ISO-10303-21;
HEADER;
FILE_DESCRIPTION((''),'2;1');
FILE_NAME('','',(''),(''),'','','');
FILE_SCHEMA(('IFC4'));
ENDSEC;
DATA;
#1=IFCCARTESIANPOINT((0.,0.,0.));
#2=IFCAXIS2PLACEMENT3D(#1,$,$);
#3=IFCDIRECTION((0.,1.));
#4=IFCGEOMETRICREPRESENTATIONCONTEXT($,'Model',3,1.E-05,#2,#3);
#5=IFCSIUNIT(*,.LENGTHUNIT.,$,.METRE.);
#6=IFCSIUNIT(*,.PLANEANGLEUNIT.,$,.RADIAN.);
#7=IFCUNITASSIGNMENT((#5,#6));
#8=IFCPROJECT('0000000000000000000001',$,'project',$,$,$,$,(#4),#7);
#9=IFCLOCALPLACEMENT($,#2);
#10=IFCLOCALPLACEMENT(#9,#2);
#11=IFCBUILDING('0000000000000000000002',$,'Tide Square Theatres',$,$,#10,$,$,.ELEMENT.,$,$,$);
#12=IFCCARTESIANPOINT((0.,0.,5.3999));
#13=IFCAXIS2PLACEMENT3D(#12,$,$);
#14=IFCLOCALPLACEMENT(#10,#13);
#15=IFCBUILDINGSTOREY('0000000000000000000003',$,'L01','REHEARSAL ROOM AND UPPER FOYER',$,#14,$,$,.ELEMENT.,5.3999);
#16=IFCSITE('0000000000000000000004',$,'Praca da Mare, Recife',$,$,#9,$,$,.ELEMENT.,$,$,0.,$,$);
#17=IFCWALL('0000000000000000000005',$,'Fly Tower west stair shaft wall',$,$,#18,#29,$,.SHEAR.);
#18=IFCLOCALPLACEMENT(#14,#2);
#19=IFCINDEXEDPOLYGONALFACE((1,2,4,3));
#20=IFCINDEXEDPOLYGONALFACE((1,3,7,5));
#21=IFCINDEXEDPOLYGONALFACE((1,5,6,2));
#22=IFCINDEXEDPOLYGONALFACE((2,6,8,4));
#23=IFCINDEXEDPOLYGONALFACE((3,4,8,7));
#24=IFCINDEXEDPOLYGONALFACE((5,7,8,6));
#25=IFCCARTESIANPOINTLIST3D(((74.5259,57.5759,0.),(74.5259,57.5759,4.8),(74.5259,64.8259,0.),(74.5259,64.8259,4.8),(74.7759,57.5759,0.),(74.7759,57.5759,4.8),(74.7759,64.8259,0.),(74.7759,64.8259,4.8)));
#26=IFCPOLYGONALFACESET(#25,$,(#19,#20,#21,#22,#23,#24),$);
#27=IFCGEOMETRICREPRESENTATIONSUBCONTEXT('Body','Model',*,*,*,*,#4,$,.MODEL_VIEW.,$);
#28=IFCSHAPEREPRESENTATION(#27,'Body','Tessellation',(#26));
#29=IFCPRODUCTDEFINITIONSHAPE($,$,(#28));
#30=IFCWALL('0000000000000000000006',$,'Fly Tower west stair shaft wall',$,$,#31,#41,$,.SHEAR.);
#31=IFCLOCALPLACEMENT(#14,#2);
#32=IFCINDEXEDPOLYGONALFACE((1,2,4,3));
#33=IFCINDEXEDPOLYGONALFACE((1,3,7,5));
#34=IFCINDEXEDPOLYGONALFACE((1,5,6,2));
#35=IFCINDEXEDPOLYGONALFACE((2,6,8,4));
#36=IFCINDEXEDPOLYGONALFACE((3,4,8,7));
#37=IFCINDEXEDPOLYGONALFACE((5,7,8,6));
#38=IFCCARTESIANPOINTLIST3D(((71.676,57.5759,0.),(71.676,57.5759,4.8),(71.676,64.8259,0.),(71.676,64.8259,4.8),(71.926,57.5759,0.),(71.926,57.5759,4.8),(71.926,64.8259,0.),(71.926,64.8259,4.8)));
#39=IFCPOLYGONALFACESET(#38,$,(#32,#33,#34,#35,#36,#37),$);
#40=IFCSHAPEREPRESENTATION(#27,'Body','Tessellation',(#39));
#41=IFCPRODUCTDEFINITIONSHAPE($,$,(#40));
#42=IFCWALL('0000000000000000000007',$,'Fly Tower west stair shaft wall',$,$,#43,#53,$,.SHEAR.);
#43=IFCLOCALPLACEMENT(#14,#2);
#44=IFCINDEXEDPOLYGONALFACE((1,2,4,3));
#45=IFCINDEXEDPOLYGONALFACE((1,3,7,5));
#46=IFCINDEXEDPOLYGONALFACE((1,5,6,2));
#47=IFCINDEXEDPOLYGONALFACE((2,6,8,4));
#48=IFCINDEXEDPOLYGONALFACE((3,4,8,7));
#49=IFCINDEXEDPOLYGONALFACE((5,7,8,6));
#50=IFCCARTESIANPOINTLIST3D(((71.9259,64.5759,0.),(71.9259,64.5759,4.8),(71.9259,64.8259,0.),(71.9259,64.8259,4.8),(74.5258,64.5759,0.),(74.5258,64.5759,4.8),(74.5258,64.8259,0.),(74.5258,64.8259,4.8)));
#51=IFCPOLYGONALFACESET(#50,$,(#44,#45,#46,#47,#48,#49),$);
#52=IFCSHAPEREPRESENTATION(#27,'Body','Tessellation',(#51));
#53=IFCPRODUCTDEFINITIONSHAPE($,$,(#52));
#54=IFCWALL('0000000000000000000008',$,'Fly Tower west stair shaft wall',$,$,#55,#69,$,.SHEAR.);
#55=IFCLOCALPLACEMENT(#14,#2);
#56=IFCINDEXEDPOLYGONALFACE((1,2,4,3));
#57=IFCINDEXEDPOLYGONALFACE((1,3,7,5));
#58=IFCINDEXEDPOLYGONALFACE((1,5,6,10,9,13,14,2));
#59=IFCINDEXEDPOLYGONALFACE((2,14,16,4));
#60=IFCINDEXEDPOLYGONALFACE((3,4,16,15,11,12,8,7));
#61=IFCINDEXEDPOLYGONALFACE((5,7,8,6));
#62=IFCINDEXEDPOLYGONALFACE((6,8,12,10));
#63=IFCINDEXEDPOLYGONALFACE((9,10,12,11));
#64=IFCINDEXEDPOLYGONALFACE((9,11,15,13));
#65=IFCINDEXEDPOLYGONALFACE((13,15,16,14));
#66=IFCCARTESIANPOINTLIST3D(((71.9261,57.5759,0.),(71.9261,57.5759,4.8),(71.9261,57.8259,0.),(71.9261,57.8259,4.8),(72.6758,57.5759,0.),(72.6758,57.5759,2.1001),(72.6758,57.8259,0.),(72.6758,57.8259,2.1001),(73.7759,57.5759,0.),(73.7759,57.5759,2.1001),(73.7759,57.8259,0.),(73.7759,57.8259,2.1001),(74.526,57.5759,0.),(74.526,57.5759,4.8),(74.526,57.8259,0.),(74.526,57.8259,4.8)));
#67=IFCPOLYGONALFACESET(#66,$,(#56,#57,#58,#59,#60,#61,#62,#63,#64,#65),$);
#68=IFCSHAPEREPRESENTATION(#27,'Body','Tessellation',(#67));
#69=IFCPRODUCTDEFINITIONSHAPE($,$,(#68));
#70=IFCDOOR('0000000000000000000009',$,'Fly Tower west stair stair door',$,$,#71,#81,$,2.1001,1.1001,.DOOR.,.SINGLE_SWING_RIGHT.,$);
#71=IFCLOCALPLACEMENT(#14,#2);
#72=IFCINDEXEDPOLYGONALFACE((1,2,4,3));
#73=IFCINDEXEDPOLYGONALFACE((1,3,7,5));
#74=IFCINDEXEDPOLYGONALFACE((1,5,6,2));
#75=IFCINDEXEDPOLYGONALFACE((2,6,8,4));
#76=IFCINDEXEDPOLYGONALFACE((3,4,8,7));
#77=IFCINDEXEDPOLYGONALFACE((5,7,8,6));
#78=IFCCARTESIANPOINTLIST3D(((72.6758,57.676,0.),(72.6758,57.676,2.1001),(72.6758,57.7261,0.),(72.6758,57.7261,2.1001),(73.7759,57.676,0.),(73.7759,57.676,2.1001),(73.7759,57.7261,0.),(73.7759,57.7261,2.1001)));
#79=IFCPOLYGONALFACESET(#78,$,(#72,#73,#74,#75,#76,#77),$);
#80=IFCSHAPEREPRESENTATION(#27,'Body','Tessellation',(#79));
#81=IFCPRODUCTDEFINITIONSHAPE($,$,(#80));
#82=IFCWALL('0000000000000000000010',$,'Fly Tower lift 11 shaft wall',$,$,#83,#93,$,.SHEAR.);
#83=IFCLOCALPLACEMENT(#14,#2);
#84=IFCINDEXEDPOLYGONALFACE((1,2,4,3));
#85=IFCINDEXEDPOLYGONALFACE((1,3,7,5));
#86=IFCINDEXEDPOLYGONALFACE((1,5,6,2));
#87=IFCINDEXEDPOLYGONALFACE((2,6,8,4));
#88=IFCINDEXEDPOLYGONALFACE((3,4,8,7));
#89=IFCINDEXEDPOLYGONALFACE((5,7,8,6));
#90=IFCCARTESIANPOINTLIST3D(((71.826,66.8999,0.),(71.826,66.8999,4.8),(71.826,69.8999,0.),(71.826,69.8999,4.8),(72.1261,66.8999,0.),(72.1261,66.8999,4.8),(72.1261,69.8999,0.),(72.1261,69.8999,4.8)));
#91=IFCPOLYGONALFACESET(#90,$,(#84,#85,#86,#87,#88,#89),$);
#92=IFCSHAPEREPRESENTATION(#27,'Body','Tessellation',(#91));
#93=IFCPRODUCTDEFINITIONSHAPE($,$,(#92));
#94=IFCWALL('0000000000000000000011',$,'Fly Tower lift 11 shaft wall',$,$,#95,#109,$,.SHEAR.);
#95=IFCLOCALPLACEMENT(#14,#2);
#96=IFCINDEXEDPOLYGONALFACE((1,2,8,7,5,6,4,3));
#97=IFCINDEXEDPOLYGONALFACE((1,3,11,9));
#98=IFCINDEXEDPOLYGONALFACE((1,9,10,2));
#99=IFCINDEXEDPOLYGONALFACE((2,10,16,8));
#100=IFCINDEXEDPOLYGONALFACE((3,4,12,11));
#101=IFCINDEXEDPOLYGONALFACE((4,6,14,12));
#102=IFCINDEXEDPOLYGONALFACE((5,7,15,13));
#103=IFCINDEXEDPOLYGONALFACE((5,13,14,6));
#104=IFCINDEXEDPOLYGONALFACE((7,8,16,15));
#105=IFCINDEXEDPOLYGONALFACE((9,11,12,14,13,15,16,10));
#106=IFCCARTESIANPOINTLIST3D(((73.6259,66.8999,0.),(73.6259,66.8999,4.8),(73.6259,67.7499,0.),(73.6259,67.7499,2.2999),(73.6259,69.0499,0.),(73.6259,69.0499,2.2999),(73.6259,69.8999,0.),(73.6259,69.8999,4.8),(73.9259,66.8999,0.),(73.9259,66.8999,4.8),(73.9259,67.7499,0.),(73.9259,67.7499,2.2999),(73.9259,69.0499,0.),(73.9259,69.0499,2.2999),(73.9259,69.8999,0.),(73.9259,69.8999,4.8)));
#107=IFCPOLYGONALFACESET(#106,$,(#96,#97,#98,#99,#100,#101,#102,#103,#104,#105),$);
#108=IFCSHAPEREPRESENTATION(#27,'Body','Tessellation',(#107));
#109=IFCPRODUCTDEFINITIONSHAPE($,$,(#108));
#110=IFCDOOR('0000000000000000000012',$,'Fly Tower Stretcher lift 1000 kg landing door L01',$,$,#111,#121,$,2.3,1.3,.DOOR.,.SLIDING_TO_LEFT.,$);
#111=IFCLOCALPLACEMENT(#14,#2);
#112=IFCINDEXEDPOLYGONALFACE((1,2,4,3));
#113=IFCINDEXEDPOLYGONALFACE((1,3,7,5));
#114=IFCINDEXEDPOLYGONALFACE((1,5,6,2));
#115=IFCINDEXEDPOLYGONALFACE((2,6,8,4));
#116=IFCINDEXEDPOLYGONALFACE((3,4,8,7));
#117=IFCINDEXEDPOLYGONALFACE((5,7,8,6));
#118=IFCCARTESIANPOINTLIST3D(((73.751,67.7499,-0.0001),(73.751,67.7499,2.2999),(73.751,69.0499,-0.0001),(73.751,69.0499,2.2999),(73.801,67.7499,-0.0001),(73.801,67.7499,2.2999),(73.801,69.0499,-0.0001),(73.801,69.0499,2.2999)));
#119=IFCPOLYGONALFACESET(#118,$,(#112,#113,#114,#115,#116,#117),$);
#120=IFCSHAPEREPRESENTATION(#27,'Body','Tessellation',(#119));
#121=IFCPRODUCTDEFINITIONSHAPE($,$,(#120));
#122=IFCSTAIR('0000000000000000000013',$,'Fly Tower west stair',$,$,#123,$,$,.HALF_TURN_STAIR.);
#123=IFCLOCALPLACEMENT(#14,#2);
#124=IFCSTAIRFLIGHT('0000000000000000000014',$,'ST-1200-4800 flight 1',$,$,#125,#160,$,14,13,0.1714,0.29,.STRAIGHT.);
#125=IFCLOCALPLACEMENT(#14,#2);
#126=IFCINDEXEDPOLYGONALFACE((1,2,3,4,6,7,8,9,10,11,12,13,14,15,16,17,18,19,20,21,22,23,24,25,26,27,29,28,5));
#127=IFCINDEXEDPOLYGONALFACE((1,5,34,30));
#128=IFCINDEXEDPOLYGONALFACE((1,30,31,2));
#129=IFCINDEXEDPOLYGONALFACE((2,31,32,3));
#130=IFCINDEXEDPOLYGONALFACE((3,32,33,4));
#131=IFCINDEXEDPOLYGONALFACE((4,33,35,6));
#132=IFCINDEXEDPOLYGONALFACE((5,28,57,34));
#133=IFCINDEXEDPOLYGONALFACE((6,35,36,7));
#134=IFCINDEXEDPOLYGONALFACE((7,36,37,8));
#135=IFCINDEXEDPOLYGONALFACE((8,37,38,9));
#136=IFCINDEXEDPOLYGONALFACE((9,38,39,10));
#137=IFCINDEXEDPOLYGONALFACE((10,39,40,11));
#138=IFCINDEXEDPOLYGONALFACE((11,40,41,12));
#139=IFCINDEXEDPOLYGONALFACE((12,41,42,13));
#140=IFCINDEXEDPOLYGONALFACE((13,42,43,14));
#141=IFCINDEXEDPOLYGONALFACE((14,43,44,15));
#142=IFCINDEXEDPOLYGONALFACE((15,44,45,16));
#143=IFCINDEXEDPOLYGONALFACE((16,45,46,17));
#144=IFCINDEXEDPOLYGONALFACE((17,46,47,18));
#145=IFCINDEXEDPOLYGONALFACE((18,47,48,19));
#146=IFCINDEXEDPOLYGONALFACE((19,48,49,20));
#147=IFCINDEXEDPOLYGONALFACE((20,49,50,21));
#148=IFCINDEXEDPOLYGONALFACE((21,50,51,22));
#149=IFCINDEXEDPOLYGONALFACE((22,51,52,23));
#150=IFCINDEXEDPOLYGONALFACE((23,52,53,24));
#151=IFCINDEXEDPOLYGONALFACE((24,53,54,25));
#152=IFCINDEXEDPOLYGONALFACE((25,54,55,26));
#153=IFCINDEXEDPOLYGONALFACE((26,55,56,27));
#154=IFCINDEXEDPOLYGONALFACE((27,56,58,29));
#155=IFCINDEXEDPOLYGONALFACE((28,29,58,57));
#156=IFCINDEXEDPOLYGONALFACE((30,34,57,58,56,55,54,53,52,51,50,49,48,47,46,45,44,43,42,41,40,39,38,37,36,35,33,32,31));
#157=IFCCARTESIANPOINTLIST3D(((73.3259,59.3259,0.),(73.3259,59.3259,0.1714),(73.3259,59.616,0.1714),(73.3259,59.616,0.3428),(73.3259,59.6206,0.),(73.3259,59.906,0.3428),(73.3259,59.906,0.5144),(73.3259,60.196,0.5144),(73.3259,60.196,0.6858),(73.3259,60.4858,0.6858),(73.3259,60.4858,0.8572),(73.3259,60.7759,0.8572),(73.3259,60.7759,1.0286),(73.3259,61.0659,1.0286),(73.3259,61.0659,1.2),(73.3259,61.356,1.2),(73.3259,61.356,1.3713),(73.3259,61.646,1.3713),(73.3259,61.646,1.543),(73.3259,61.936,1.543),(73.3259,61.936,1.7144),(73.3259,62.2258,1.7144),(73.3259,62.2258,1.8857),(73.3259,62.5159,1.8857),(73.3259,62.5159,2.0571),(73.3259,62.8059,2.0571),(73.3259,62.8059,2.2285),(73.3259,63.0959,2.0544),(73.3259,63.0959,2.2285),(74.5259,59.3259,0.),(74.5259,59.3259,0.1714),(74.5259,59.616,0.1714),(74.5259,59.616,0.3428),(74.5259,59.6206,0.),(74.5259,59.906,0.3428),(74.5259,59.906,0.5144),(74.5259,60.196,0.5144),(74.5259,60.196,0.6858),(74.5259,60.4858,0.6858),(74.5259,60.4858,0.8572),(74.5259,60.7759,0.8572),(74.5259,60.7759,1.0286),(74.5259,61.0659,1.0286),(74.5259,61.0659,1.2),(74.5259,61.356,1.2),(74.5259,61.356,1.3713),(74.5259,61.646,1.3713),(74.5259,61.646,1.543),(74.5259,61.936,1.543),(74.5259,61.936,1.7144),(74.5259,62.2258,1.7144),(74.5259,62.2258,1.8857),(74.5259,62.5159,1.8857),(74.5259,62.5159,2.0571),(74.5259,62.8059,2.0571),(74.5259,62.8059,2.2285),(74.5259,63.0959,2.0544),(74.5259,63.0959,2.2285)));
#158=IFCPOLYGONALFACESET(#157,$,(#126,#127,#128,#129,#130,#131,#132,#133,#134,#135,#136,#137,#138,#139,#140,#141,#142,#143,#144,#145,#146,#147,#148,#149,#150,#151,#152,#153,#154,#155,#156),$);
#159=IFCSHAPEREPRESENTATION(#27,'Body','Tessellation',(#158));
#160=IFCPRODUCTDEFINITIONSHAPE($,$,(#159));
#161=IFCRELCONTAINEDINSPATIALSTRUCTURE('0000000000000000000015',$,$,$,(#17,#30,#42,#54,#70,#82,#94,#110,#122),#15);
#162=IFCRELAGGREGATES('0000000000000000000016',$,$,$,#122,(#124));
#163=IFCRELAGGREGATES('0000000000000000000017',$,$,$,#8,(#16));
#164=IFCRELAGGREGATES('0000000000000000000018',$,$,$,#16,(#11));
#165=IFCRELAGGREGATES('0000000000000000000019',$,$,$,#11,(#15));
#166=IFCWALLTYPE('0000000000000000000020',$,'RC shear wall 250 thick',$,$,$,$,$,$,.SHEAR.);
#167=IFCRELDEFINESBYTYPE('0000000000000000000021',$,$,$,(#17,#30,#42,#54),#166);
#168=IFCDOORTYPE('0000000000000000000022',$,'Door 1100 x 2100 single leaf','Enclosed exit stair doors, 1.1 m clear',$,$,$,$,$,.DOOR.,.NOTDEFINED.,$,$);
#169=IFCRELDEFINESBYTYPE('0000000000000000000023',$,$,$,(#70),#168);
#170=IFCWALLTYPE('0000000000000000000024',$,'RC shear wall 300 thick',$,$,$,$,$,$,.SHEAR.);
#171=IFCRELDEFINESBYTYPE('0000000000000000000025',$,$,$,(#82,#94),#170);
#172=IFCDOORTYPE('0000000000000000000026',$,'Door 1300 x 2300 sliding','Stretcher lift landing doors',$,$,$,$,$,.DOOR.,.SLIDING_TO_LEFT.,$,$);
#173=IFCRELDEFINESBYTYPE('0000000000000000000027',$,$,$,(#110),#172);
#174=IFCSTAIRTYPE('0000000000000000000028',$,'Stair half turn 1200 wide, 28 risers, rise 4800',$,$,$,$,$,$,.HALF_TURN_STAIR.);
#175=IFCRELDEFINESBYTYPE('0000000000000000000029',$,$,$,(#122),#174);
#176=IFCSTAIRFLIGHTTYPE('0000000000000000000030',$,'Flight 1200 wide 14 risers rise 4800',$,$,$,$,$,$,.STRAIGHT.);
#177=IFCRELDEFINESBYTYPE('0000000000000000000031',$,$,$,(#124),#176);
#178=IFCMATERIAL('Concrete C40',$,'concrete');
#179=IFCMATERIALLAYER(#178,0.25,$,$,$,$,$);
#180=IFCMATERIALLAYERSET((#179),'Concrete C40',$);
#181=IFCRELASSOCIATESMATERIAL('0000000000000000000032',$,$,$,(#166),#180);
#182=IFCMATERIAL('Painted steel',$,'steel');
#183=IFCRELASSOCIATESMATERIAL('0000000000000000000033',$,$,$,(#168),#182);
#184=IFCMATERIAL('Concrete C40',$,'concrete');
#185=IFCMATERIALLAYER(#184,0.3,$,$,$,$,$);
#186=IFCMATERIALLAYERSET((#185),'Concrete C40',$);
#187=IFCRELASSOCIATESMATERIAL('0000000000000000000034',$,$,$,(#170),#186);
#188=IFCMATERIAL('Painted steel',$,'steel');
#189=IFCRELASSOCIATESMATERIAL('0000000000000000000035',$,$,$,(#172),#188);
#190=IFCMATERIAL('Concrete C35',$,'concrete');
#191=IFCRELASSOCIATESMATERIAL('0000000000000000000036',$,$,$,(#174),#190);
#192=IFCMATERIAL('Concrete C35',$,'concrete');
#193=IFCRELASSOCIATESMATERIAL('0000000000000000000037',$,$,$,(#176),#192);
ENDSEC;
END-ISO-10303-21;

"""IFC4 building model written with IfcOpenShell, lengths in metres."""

from ifc_helpers import new_model, si_unit, direction, frame, frame_2d, origin, place, context, subcontext, project, spatial, polyline, rectangle, outline, extrude, material, layer, layer_set, type_object, element, fill, aggregate, save


model = new_model("IFC4")

# Units and contexts
model_context = context("Model", 3, precision=1e-05, world=origin(), true_north=direction((0.0, 1.0)))
body_context = subcontext(model_context, "Body", "Model", "MODEL_VIEW")
ifc_project = project(units=[si_unit("LENGTHUNIT", "METRE"), si_unit("PLANEANGLEUNIT", "RADIAN")], contexts=[model_context])

# Site, building, storey
site_placement = place(None, origin())
site = spatial("IfcSite", under=ifc_project, at=site_placement, Name="Praca da Mare, Recife", CompositionType="ELEMENT", RefElevation=0.0)
building_placement = place(site_placement, origin())
building = spatial("IfcBuilding", under=site, at=building_placement, Name="Tide Square Theatres", CompositionType="ELEMENT")
storey_placement = place(building_placement, frame((0.0, 0.0, 5.3999)))
storey = spatial("IfcBuildingStorey", under=building, at=storey_placement, Name="L01", Description="REHEARSAL ROOM AND UPPER FOYER", CompositionType="ELEMENT", Elevation=5.3999)

# Walls
ifc_material_1 = material(Name="Concrete C40", Category="concrete")
ifc_layer_1 = layer(ifc_material_1, 0.25)
ifc_layer_set_1 = layer_set([ifc_layer_1], Name="Concrete C40")
wall_type_1 = type_object("IfcWallType", Name="RC shear wall 250 thick", PredefinedType="SHEAR", material=ifc_layer_set_1)
for number, where, z_axis, x_axis, name in (
    (1, (74.6509, 57.5759, 0.0), (0.0, 0.0, 1.0), (0.0, 1.0, 0.0), "Fly Tower west stair shaft wall"),
    (2, (71.801, 64.8259, 0.0), (0.0, 0.0, 1.0), (0.0, -1.0, 0.0), "Fly Tower west stair shaft wall"),
):
    element("IfcWall", number, at=place(storey_placement, frame(where, z_axis=z_axis, x_axis=x_axis)), inside=storey, type_object=wall_type_1, Name=name, PredefinedType="SHEAR", context=body_context, shape_type="SweptSolid", body=[
        extrude(rectangle(XDim=7.25, YDim=0.25, at=frame_2d((3.625, 0.0))), origin(), (0.0, 0.0, 1.0), 4.8),
    ])
wall_1_placement = place(storey_placement, frame((71.926, 64.7009, 0.0), z_axis=(0.0, 0.0, 1.0), x_axis=(1.0, 0.0, 0.0)))
element("IfcWall", 3, at=wall_1_placement, inside=storey, type_object=wall_type_1, Name="Fly Tower west stair shaft wall", PredefinedType="SHEAR", context=body_context, shape_type="SweptSolid", body=[
    extrude(rectangle(XDim=2.5999, YDim=0.25, at=frame_2d((1.2998, 0.0))), origin(), (0.0, 0.0, 1.0), 4.8),
])

# Wall, opening, door
wall_2_placement = place(storey_placement, frame((74.5259, 57.7009, 0.0), z_axis=(0.0, 0.0, 1.0), x_axis=(-1.0, 0.0, 0.0)))
wall_2 = element("IfcWall", 4, at=wall_2_placement, inside=storey, type_object=wall_type_1, Name="Fly Tower west stair shaft wall", PredefinedType="SHEAR", context=body_context, shape_type="SweptSolid", body=[
    extrude(rectangle(XDim=2.5999, YDim=0.25, at=frame_2d((1.2998, 0.0))), origin(), (0.0, 0.0, 1.0), 4.8),
])
opening_1_placement = place(wall_2_placement, frame((0.75, 0.0, 0.0)))
opening_1 = element("IfcOpeningElement", 5, at=opening_1_placement, cuts=wall_2, PredefinedType="OPENING", context=body_context, shape_type="SweptSolid", body=[
    extrude(rectangle(XDim=1.1001, YDim=2.1001, at=frame_2d((0.55, 1.05))), frame((0.0, 0.135, 0.0), z_axis=(0.0, -1.0, 0.0), x_axis=(1.0, 0.0, 0.0)), (0.0, 0.0, 1.0), 0.27),
])
ifc_material_2 = material(Name="Painted steel", Category="steel")
door_type_1 = type_object("IfcDoorType", Name="Door 1100 x 2100 single leaf", Description="Enclosed exit stair doors, 1.1 m clear", OperationType="NOTDEFINED", PredefinedType="DOOR", material=ifc_material_2)
door_1_placement = place(opening_1_placement, origin())
door_1 = element("IfcDoor", 6, at=door_1_placement, inside=storey, type_object=door_type_1, Name="Fly Tower west stair stair door", OperationType="SINGLE_SWING_RIGHT", OverallHeight=2.1001, OverallWidth=1.1001, PredefinedType="DOOR", context=body_context, shape_type="SweptSolid", body=[
    extrude(rectangle(XDim=1.1001, YDim=2.1001, at=frame_2d((0.55, 1.05))), frame((0.0, 0.0249, 0.0), z_axis=(0.0, -1.0, 0.0), x_axis=(1.0, 0.0, 0.0)), (0.0, 0.0, 1.0), 0.05),
])
fill(opening_1, door_1)

# Wall
ifc_material_3 = material(Name="Concrete C40", Category="concrete")
ifc_layer_2 = layer(ifc_material_3, 0.3)
ifc_layer_set_2 = layer_set([ifc_layer_2], Name="Concrete C40")
wall_type_2 = type_object("IfcWallType", Name="RC shear wall 300 thick", PredefinedType="SHEAR", material=ifc_layer_set_2)
wall_3_placement = place(storey_placement, frame((71.9761, 66.8999, 0.0), z_axis=(0.0, 0.0, 1.0), x_axis=(0.0, 1.0, 0.0)))
element("IfcWall", 7, at=wall_3_placement, inside=storey, type_object=wall_type_2, Name="Fly Tower lift 11 shaft wall", PredefinedType="SHEAR", context=body_context, shape_type="SweptSolid", body=[
    extrude(rectangle(XDim=3.0, YDim=0.3, at=frame_2d((1.5, 0.0))), origin(), (0.0, 0.0, 1.0), 4.8),
])

# Wall, opening, door
wall_4_placement = place(storey_placement, frame((73.7759, 66.8999, 0.0), z_axis=(0.0, 0.0, 1.0), x_axis=(0.0, 1.0, 0.0)))
wall_4 = element("IfcWall", 8, at=wall_4_placement, inside=storey, type_object=wall_type_2, Name="Fly Tower lift 11 shaft wall", PredefinedType="SHEAR", context=body_context, shape_type="SweptSolid", body=[
    extrude(rectangle(XDim=3.0, YDim=0.3, at=frame_2d((1.5, 0.0))), origin(), (0.0, 0.0, 1.0), 4.8),
])
opening_2_placement = place(wall_4_placement, frame((0.8501, 0.0, 0.0)))
opening_2 = element("IfcOpeningElement", 9, at=opening_2_placement, cuts=wall_4, PredefinedType="OPENING", context=body_context, shape_type="SweptSolid", body=[
    extrude(rectangle(XDim=1.3, YDim=2.3, at=frame_2d((0.6499, 1.1499))), frame((0.0, 0.1599, 0.0), z_axis=(0.0, -1.0, 0.0), x_axis=(1.0, 0.0, 0.0)), (0.0, 0.0, 1.0), 0.3201),
])
ifc_material_4 = material(Name="Painted steel", Category="steel")
door_type_2 = type_object("IfcDoorType", Name="Door 1300 x 2300 sliding", Description="Stretcher lift landing doors", OperationType="SLIDING_TO_LEFT", PredefinedType="DOOR", material=ifc_material_4)
door_2_placement = place(opening_2_placement, origin())
door_2 = element("IfcDoor", 10, at=door_2_placement, inside=storey, type_object=door_type_2, Name="Fly Tower Stretcher lift 1000 kg landing door L01", OperationType="SLIDING_TO_LEFT", OverallHeight=2.3, OverallWidth=1.3, PredefinedType="DOOR", context=body_context, shape_type="SweptSolid", body=[
    extrude(rectangle(XDim=1.3, YDim=2.3, at=frame_2d((0.6499, 1.1499))), frame((0.0, 0.0249, 0.0), z_axis=(0.0, -1.0, 0.0), x_axis=(1.0, 0.0, 0.0)), (0.0, 0.0, 1.0), 0.05),
])
fill(opening_2, door_2)

# Stair, stair flight
ifc_material_5 = material(Name="Concrete C35", Category="concrete")
stair_type = type_object("IfcStairType", Name="Stair half turn 1200 wide, 28 risers, rise 4800", PredefinedType="HALF_TURN_STAIR", material=ifc_material_5)
stair_placement = place(storey_placement, origin())
stair = element("IfcStair", 11, at=stair_placement, inside=storey, type_object=stair_type, Name="Fly Tower west stair", PredefinedType="HALF_TURN_STAIR")
ifc_material_6 = material(Name="Concrete C35", Category="concrete")
stair_flight_type = type_object("IfcStairFlightType", Name="Flight 1200 wide 14 risers rise 4800", PredefinedType="STRAIGHT", material=ifc_material_6)
stair_flight_1_placement = place(storey_placement, frame((73.926, 59.3259, 0.0), z_axis=(0.0, 0.0, 1.0), x_axis=(0.0, 1.0, 0.0)))
stair_flight_1 = element("IfcStairFlight", 12, at=stair_flight_1_placement, type_object=stair_flight_type, Name="ST-1200-4800 flight 1", NumberOfRisers=14, NumberOfTreads=13, PredefinedType="STRAIGHT", RiserHeight=0.1714, TreadLength=0.29, context=body_context, shape_type="SweptSolid", body=[
    extrude(outline(polyline([(0.0, 0.0), (0.0, 0.1714), (0.29, 0.1714), (0.29, 0.3428), (0.5801, 0.3428), (0.5801, 0.5144), (0.8701, 0.5144), (0.8701, 0.6858), (1.1599, 0.6858), (1.1599, 0.8572), (1.45, 0.8572), (1.45, 1.0286), (1.74, 1.0286), (1.74, 1.2), (2.03, 1.2), (2.03, 1.3713), (2.3201, 1.3713), (2.3201, 1.543), (2.6101, 1.543), (2.6101, 1.7144), (2.8999, 1.7144), (2.8999, 1.8857), (3.1899, 1.8857), (3.1899, 2.0571), (3.48, 2.0571), (3.48, 2.2285), (3.77, 2.2285), (3.77, 2.3999), (3.77, 2.0544), (0.2947, 0.0), (0.0, 0.0)])), frame((0.0, 0.6001, 0.0), z_axis=(0.0, -1.0, 0.0), x_axis=(1.0, 0.0, 0.0)), (0.0, 0.0, 1.0), 1.2),
])
aggregate(stair, [stair_flight_1])

save(model, "model.ifc")
